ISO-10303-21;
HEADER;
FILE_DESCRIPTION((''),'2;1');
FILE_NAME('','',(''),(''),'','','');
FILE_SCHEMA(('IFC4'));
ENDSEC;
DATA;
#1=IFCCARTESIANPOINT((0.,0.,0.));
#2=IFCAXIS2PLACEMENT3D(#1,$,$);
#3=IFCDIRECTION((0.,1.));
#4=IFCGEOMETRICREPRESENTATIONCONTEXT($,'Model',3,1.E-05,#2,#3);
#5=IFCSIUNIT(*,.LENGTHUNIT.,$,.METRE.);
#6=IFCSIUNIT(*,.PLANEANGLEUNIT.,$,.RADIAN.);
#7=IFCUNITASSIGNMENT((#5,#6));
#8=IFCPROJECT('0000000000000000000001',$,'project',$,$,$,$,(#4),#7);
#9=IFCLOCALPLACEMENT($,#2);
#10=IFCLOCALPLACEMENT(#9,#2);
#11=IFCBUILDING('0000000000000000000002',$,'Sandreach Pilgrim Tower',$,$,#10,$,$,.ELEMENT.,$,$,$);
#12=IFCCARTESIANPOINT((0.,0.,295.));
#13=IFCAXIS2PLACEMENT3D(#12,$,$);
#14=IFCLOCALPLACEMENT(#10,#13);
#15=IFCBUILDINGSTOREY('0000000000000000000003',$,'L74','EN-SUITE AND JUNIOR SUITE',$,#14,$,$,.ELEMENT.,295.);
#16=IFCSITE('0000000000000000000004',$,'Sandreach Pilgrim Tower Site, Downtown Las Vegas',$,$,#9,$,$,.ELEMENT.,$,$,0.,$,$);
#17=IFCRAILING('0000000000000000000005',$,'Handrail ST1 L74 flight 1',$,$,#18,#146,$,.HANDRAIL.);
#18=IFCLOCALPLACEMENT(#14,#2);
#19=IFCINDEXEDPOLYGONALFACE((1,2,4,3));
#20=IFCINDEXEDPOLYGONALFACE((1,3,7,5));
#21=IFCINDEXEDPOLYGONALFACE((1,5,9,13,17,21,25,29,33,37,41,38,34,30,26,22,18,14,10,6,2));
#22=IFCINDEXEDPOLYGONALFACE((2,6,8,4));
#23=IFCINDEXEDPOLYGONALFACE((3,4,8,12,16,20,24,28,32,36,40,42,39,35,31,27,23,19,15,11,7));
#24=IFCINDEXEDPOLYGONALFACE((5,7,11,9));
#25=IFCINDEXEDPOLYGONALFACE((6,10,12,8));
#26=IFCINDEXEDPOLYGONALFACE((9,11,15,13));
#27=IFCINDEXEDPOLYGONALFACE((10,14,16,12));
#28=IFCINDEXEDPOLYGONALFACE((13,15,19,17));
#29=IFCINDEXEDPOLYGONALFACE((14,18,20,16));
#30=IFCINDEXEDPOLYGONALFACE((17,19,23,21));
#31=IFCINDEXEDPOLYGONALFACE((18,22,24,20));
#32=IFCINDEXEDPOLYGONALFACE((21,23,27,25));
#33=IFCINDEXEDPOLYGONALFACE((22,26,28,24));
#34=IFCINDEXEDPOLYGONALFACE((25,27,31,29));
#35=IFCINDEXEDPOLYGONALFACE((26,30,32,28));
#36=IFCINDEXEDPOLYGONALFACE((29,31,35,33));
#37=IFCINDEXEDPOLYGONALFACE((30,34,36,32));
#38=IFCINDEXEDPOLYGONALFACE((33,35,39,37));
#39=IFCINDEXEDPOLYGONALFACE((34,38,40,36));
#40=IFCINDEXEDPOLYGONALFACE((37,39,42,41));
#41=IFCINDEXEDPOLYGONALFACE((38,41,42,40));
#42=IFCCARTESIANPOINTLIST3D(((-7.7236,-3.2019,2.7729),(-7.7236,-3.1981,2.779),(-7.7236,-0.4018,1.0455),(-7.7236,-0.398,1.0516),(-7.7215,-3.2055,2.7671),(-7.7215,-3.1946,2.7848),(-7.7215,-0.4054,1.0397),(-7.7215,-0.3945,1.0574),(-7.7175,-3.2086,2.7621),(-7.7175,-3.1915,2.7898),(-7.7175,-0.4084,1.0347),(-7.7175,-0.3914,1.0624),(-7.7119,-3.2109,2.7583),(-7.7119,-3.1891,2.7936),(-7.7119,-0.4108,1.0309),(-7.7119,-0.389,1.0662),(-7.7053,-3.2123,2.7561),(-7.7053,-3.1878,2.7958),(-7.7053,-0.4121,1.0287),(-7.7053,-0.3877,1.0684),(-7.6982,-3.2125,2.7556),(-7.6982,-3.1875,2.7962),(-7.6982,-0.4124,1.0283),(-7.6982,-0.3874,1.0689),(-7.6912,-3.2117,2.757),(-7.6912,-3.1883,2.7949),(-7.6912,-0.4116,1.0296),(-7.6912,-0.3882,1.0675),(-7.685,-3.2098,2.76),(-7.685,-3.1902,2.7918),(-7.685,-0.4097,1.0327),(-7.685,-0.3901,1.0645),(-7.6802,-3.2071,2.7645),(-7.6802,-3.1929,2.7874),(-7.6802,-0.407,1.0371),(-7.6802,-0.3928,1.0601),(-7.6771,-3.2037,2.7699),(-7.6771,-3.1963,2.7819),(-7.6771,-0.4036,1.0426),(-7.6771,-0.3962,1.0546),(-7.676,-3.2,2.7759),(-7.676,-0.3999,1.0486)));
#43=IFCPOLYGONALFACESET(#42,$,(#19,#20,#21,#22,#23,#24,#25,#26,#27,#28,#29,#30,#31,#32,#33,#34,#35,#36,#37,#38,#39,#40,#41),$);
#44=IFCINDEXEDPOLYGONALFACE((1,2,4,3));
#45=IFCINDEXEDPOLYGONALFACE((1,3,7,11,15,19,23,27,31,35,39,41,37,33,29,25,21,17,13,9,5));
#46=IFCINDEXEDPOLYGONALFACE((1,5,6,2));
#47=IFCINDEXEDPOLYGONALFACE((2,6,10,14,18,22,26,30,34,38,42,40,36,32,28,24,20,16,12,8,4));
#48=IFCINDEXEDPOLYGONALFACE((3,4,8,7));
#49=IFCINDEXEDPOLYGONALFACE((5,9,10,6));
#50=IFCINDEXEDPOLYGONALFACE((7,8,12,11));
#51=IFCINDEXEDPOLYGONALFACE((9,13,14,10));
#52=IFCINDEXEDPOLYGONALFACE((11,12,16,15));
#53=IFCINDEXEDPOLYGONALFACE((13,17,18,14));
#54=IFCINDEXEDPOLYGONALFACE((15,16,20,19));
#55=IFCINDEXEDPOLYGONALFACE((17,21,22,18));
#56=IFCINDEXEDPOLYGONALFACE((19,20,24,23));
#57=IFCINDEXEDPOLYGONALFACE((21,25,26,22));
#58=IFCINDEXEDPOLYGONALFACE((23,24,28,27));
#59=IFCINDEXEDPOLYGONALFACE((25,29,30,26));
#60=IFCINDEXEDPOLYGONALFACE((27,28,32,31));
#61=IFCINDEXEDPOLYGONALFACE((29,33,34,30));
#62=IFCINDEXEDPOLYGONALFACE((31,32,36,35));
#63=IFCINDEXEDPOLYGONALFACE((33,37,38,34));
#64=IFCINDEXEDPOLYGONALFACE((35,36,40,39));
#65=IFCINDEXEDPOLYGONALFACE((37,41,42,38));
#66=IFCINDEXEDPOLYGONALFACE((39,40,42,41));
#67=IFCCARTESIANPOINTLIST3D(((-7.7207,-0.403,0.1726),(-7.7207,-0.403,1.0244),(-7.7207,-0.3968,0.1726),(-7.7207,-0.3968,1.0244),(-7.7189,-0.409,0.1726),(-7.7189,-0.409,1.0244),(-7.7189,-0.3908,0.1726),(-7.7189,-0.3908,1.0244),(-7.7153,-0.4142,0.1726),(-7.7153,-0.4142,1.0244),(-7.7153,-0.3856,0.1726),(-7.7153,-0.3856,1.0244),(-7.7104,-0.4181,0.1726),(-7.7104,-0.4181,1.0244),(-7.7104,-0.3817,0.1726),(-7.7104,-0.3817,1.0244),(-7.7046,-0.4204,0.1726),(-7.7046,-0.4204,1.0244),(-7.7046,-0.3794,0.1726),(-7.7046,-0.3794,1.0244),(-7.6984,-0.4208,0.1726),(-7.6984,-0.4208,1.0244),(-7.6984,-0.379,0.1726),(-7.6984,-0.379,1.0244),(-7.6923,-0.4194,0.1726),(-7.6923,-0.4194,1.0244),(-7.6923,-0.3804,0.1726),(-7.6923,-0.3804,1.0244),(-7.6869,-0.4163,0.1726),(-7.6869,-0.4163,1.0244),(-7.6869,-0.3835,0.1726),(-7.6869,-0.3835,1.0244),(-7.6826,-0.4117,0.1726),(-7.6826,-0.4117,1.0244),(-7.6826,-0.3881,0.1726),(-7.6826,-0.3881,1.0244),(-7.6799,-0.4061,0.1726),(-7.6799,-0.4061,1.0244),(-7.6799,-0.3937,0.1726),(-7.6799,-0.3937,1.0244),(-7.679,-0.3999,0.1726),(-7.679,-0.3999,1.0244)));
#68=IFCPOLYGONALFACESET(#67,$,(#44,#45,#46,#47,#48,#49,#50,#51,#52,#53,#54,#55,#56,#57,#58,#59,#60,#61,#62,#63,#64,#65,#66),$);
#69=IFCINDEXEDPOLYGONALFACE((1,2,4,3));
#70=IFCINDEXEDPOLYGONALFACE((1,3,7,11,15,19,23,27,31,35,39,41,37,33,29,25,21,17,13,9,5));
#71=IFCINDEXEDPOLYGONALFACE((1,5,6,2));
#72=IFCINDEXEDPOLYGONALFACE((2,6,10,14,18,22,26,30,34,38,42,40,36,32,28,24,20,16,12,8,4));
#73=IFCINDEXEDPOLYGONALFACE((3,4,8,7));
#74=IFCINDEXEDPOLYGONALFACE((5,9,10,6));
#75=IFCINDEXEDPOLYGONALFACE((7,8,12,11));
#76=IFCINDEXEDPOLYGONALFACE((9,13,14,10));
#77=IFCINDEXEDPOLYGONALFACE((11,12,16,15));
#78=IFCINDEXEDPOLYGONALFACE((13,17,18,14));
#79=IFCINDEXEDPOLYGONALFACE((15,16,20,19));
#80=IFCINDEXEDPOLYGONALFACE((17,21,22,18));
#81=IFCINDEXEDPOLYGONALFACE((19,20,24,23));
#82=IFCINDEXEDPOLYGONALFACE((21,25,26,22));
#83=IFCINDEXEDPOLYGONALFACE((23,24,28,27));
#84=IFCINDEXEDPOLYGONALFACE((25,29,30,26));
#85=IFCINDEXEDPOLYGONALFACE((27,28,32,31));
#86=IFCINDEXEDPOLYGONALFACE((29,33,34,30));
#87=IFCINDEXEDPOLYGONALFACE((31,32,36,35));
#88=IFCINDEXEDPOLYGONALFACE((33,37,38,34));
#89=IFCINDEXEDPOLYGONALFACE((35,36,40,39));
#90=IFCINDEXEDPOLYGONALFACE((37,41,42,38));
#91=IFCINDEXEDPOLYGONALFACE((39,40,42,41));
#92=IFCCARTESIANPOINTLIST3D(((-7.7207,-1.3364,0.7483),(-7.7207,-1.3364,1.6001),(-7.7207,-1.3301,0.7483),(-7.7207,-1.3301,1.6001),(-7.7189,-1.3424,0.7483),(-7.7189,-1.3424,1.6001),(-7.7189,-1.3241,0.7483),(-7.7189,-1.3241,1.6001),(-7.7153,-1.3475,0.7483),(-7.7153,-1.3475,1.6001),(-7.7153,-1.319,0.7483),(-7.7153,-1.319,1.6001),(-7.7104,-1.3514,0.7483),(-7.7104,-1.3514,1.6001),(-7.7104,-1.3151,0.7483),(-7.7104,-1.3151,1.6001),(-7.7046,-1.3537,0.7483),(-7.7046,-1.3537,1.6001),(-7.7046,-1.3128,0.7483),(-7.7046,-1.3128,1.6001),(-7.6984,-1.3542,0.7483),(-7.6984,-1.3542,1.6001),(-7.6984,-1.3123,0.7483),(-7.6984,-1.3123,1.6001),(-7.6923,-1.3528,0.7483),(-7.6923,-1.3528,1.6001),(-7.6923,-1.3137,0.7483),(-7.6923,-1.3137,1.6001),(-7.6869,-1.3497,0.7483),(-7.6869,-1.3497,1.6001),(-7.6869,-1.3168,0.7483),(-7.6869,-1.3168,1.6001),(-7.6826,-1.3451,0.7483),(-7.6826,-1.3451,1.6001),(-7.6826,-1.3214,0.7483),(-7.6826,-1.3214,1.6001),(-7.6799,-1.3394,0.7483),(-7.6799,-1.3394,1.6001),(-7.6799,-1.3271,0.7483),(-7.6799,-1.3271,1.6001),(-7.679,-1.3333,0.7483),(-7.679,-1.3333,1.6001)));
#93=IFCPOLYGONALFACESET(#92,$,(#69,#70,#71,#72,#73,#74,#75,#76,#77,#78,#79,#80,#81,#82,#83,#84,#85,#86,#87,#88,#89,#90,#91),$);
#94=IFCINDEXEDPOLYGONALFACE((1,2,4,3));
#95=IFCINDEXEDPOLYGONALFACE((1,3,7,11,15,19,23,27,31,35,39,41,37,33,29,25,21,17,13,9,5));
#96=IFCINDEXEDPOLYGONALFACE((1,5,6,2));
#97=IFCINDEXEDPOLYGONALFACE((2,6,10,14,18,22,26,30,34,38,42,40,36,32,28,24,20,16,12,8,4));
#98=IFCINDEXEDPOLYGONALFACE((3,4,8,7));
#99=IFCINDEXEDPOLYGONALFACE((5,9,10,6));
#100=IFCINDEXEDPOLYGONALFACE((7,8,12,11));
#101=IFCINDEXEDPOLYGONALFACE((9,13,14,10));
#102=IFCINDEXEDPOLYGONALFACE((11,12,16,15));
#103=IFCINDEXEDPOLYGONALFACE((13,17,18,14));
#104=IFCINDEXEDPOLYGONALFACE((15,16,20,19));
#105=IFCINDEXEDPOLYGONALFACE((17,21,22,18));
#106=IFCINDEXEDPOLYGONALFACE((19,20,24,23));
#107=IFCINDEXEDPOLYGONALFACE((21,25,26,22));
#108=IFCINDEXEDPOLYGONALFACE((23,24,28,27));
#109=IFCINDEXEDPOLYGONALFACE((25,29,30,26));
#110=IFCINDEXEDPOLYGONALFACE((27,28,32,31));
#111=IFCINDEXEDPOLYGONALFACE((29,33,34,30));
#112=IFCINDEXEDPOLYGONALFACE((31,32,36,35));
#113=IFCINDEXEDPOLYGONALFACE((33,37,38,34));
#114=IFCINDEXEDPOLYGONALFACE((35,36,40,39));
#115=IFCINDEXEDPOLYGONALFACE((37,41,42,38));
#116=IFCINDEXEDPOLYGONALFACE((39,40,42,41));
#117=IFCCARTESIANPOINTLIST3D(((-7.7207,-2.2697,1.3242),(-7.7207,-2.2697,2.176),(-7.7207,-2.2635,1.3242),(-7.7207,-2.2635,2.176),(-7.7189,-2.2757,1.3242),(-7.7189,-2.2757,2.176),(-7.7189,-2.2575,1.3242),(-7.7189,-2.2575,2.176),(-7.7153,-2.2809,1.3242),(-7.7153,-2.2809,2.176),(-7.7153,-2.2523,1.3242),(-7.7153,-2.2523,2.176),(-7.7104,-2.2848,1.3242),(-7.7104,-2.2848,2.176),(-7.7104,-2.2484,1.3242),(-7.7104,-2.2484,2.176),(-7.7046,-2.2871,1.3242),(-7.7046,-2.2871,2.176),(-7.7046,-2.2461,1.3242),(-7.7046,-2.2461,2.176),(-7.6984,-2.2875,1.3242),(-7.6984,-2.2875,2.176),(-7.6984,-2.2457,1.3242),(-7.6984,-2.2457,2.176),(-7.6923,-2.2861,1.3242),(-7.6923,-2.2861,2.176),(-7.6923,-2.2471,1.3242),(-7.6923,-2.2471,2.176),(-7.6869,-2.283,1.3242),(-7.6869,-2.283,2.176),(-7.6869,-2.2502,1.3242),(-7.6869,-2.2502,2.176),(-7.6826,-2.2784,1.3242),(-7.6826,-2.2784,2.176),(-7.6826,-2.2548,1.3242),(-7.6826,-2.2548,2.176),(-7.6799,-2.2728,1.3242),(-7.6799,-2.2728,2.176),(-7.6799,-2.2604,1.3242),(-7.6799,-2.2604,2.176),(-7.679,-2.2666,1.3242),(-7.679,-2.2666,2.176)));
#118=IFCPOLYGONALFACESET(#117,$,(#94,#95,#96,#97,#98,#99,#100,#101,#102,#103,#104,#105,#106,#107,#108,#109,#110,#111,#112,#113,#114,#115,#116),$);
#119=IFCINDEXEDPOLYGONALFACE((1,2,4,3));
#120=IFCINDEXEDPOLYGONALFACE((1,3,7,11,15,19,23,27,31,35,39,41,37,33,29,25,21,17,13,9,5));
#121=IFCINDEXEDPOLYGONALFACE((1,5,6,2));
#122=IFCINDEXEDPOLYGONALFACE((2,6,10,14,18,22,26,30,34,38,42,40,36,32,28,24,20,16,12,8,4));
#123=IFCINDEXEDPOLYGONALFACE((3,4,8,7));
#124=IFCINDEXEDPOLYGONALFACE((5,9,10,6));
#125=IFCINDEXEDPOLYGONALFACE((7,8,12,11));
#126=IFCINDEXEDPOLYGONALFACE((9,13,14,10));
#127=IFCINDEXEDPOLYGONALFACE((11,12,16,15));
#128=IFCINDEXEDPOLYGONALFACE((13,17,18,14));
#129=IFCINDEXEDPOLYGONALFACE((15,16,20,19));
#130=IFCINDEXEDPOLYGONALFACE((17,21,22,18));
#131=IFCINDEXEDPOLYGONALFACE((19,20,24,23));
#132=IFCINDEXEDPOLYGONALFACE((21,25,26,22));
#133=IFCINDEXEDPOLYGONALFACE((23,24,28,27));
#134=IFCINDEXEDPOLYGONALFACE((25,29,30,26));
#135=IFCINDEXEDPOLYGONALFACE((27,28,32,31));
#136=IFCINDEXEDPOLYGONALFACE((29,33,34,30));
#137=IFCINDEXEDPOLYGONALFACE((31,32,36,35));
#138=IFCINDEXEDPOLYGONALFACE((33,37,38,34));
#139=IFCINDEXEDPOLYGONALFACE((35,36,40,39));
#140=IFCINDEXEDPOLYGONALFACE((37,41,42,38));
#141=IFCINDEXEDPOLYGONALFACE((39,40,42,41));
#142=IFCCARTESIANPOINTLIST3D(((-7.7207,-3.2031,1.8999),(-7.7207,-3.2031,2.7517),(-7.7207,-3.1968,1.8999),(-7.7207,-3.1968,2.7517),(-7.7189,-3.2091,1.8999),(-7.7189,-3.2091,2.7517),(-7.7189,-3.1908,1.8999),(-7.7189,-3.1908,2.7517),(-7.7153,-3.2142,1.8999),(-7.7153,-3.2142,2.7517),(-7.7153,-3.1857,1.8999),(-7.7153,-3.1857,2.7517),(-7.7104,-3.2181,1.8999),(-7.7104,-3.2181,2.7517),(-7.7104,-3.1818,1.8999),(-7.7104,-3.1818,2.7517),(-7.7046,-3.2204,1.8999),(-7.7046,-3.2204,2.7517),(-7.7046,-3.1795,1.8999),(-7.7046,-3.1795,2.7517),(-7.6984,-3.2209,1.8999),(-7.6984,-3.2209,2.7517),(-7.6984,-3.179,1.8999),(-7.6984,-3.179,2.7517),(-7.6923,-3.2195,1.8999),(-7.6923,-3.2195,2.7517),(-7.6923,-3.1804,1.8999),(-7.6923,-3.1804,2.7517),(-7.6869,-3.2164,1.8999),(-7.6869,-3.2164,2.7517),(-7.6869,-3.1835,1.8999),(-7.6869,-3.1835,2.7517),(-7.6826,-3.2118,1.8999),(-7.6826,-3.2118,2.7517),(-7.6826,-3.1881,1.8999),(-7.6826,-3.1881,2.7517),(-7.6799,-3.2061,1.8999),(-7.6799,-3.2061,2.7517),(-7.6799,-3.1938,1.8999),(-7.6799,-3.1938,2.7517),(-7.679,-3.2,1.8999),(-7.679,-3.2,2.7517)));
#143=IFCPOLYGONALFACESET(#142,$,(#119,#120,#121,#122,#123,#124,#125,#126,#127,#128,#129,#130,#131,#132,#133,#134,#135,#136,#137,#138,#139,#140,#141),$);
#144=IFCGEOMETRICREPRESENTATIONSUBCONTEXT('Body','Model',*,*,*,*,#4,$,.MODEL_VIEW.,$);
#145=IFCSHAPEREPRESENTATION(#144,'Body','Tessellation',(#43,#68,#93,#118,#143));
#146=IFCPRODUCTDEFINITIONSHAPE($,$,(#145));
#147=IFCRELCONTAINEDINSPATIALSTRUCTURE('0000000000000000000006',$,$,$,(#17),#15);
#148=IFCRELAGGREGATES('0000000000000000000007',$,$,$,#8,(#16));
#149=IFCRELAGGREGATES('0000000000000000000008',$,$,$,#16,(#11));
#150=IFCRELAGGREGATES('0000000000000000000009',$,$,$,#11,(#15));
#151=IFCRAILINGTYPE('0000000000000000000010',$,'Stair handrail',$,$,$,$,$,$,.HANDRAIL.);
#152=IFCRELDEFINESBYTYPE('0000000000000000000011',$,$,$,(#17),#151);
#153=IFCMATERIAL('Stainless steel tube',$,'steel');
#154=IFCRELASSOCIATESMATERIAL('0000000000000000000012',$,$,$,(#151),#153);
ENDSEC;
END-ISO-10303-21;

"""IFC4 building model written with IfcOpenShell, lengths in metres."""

from ifc_helpers import new_model, si_unit, direction, frame, origin, origin_2d, place, context, subcontext, project, spatial, circle, extrude, material, type_object, element, save


model = new_model("IFC4")

# Units and contexts
model_context = context("Model", 3, precision=1e-05, world=origin(), true_north=direction((0.0, 1.0)))
body_context = subcontext(model_context, "Body", "Model", "MODEL_VIEW")
ifc_project = project(units=[si_unit("LENGTHUNIT", "METRE"), si_unit("PLANEANGLEUNIT", "RADIAN")], contexts=[model_context])

# Site, building, storey
site_placement = place(None, origin())
site = spatial("IfcSite", under=ifc_project, at=site_placement, Name="Sandreach Pilgrim Tower Site, Downtown Las Vegas", CompositionType="ELEMENT", RefElevation=0.0)
building_placement = place(site_placement, origin())
building = spatial("IfcBuilding", under=site, at=building_placement, Name="Sandreach Pilgrim Tower", CompositionType="ELEMENT")
storey_placement = place(building_placement, frame((0.0, 0.0, 295.0)))
storey = spatial("IfcBuildingStorey", under=building, at=storey_placement, Name="L74", Description="EN-SUITE AND JUNIOR SUITE", CompositionType="ELEMENT", Elevation=295.0)

# Railing
ifc_material_1 = material(Name="Stainless steel tube", Category="steel")
railing_type = type_object("IfcRailingType", Name="Stair handrail", PredefinedType="HANDRAIL", material=ifc_material_1)
railing_placement = place(storey_placement, frame((-7.7, -0.3999, 0.1726)))
element("IfcRailing", 1, at=railing_placement, inside=storey, type_object=railing_type, Name="Handrail ST1 L74 flight 1", PredefinedType="HANDRAIL", context=body_context, shape_type="SweptSolid", body=[
    extrude(circle(Radius=0.0239, at=origin_2d()), frame((0.0, 0.0, 0.876), z_axis=(0.0, -0.85109, 0.52502), x_axis=(1.0, 0.0, 0.0)), (0.0, 0.0, 1.0), 3.29),
    extrude(circle(Radius=0.021, at=origin_2d()), origin(), (0.0, 0.0, 1.0), 0.8518),
    extrude(circle(Radius=0.021, at=origin_2d()), frame((0.0, -0.9333, 0.5757)), (0.0, 0.0, 1.0), 0.8518),
    extrude(circle(Radius=0.021, at=origin_2d()), frame((0.0, -1.8667, 1.1516)), (0.0, 0.0, 1.0), 0.8518),
    extrude(circle(Radius=0.021, at=origin_2d()), frame((0.0, -2.8, 1.7273)), (0.0, 0.0, 1.0), 0.8518),
])

save(model, "model.ifc")
